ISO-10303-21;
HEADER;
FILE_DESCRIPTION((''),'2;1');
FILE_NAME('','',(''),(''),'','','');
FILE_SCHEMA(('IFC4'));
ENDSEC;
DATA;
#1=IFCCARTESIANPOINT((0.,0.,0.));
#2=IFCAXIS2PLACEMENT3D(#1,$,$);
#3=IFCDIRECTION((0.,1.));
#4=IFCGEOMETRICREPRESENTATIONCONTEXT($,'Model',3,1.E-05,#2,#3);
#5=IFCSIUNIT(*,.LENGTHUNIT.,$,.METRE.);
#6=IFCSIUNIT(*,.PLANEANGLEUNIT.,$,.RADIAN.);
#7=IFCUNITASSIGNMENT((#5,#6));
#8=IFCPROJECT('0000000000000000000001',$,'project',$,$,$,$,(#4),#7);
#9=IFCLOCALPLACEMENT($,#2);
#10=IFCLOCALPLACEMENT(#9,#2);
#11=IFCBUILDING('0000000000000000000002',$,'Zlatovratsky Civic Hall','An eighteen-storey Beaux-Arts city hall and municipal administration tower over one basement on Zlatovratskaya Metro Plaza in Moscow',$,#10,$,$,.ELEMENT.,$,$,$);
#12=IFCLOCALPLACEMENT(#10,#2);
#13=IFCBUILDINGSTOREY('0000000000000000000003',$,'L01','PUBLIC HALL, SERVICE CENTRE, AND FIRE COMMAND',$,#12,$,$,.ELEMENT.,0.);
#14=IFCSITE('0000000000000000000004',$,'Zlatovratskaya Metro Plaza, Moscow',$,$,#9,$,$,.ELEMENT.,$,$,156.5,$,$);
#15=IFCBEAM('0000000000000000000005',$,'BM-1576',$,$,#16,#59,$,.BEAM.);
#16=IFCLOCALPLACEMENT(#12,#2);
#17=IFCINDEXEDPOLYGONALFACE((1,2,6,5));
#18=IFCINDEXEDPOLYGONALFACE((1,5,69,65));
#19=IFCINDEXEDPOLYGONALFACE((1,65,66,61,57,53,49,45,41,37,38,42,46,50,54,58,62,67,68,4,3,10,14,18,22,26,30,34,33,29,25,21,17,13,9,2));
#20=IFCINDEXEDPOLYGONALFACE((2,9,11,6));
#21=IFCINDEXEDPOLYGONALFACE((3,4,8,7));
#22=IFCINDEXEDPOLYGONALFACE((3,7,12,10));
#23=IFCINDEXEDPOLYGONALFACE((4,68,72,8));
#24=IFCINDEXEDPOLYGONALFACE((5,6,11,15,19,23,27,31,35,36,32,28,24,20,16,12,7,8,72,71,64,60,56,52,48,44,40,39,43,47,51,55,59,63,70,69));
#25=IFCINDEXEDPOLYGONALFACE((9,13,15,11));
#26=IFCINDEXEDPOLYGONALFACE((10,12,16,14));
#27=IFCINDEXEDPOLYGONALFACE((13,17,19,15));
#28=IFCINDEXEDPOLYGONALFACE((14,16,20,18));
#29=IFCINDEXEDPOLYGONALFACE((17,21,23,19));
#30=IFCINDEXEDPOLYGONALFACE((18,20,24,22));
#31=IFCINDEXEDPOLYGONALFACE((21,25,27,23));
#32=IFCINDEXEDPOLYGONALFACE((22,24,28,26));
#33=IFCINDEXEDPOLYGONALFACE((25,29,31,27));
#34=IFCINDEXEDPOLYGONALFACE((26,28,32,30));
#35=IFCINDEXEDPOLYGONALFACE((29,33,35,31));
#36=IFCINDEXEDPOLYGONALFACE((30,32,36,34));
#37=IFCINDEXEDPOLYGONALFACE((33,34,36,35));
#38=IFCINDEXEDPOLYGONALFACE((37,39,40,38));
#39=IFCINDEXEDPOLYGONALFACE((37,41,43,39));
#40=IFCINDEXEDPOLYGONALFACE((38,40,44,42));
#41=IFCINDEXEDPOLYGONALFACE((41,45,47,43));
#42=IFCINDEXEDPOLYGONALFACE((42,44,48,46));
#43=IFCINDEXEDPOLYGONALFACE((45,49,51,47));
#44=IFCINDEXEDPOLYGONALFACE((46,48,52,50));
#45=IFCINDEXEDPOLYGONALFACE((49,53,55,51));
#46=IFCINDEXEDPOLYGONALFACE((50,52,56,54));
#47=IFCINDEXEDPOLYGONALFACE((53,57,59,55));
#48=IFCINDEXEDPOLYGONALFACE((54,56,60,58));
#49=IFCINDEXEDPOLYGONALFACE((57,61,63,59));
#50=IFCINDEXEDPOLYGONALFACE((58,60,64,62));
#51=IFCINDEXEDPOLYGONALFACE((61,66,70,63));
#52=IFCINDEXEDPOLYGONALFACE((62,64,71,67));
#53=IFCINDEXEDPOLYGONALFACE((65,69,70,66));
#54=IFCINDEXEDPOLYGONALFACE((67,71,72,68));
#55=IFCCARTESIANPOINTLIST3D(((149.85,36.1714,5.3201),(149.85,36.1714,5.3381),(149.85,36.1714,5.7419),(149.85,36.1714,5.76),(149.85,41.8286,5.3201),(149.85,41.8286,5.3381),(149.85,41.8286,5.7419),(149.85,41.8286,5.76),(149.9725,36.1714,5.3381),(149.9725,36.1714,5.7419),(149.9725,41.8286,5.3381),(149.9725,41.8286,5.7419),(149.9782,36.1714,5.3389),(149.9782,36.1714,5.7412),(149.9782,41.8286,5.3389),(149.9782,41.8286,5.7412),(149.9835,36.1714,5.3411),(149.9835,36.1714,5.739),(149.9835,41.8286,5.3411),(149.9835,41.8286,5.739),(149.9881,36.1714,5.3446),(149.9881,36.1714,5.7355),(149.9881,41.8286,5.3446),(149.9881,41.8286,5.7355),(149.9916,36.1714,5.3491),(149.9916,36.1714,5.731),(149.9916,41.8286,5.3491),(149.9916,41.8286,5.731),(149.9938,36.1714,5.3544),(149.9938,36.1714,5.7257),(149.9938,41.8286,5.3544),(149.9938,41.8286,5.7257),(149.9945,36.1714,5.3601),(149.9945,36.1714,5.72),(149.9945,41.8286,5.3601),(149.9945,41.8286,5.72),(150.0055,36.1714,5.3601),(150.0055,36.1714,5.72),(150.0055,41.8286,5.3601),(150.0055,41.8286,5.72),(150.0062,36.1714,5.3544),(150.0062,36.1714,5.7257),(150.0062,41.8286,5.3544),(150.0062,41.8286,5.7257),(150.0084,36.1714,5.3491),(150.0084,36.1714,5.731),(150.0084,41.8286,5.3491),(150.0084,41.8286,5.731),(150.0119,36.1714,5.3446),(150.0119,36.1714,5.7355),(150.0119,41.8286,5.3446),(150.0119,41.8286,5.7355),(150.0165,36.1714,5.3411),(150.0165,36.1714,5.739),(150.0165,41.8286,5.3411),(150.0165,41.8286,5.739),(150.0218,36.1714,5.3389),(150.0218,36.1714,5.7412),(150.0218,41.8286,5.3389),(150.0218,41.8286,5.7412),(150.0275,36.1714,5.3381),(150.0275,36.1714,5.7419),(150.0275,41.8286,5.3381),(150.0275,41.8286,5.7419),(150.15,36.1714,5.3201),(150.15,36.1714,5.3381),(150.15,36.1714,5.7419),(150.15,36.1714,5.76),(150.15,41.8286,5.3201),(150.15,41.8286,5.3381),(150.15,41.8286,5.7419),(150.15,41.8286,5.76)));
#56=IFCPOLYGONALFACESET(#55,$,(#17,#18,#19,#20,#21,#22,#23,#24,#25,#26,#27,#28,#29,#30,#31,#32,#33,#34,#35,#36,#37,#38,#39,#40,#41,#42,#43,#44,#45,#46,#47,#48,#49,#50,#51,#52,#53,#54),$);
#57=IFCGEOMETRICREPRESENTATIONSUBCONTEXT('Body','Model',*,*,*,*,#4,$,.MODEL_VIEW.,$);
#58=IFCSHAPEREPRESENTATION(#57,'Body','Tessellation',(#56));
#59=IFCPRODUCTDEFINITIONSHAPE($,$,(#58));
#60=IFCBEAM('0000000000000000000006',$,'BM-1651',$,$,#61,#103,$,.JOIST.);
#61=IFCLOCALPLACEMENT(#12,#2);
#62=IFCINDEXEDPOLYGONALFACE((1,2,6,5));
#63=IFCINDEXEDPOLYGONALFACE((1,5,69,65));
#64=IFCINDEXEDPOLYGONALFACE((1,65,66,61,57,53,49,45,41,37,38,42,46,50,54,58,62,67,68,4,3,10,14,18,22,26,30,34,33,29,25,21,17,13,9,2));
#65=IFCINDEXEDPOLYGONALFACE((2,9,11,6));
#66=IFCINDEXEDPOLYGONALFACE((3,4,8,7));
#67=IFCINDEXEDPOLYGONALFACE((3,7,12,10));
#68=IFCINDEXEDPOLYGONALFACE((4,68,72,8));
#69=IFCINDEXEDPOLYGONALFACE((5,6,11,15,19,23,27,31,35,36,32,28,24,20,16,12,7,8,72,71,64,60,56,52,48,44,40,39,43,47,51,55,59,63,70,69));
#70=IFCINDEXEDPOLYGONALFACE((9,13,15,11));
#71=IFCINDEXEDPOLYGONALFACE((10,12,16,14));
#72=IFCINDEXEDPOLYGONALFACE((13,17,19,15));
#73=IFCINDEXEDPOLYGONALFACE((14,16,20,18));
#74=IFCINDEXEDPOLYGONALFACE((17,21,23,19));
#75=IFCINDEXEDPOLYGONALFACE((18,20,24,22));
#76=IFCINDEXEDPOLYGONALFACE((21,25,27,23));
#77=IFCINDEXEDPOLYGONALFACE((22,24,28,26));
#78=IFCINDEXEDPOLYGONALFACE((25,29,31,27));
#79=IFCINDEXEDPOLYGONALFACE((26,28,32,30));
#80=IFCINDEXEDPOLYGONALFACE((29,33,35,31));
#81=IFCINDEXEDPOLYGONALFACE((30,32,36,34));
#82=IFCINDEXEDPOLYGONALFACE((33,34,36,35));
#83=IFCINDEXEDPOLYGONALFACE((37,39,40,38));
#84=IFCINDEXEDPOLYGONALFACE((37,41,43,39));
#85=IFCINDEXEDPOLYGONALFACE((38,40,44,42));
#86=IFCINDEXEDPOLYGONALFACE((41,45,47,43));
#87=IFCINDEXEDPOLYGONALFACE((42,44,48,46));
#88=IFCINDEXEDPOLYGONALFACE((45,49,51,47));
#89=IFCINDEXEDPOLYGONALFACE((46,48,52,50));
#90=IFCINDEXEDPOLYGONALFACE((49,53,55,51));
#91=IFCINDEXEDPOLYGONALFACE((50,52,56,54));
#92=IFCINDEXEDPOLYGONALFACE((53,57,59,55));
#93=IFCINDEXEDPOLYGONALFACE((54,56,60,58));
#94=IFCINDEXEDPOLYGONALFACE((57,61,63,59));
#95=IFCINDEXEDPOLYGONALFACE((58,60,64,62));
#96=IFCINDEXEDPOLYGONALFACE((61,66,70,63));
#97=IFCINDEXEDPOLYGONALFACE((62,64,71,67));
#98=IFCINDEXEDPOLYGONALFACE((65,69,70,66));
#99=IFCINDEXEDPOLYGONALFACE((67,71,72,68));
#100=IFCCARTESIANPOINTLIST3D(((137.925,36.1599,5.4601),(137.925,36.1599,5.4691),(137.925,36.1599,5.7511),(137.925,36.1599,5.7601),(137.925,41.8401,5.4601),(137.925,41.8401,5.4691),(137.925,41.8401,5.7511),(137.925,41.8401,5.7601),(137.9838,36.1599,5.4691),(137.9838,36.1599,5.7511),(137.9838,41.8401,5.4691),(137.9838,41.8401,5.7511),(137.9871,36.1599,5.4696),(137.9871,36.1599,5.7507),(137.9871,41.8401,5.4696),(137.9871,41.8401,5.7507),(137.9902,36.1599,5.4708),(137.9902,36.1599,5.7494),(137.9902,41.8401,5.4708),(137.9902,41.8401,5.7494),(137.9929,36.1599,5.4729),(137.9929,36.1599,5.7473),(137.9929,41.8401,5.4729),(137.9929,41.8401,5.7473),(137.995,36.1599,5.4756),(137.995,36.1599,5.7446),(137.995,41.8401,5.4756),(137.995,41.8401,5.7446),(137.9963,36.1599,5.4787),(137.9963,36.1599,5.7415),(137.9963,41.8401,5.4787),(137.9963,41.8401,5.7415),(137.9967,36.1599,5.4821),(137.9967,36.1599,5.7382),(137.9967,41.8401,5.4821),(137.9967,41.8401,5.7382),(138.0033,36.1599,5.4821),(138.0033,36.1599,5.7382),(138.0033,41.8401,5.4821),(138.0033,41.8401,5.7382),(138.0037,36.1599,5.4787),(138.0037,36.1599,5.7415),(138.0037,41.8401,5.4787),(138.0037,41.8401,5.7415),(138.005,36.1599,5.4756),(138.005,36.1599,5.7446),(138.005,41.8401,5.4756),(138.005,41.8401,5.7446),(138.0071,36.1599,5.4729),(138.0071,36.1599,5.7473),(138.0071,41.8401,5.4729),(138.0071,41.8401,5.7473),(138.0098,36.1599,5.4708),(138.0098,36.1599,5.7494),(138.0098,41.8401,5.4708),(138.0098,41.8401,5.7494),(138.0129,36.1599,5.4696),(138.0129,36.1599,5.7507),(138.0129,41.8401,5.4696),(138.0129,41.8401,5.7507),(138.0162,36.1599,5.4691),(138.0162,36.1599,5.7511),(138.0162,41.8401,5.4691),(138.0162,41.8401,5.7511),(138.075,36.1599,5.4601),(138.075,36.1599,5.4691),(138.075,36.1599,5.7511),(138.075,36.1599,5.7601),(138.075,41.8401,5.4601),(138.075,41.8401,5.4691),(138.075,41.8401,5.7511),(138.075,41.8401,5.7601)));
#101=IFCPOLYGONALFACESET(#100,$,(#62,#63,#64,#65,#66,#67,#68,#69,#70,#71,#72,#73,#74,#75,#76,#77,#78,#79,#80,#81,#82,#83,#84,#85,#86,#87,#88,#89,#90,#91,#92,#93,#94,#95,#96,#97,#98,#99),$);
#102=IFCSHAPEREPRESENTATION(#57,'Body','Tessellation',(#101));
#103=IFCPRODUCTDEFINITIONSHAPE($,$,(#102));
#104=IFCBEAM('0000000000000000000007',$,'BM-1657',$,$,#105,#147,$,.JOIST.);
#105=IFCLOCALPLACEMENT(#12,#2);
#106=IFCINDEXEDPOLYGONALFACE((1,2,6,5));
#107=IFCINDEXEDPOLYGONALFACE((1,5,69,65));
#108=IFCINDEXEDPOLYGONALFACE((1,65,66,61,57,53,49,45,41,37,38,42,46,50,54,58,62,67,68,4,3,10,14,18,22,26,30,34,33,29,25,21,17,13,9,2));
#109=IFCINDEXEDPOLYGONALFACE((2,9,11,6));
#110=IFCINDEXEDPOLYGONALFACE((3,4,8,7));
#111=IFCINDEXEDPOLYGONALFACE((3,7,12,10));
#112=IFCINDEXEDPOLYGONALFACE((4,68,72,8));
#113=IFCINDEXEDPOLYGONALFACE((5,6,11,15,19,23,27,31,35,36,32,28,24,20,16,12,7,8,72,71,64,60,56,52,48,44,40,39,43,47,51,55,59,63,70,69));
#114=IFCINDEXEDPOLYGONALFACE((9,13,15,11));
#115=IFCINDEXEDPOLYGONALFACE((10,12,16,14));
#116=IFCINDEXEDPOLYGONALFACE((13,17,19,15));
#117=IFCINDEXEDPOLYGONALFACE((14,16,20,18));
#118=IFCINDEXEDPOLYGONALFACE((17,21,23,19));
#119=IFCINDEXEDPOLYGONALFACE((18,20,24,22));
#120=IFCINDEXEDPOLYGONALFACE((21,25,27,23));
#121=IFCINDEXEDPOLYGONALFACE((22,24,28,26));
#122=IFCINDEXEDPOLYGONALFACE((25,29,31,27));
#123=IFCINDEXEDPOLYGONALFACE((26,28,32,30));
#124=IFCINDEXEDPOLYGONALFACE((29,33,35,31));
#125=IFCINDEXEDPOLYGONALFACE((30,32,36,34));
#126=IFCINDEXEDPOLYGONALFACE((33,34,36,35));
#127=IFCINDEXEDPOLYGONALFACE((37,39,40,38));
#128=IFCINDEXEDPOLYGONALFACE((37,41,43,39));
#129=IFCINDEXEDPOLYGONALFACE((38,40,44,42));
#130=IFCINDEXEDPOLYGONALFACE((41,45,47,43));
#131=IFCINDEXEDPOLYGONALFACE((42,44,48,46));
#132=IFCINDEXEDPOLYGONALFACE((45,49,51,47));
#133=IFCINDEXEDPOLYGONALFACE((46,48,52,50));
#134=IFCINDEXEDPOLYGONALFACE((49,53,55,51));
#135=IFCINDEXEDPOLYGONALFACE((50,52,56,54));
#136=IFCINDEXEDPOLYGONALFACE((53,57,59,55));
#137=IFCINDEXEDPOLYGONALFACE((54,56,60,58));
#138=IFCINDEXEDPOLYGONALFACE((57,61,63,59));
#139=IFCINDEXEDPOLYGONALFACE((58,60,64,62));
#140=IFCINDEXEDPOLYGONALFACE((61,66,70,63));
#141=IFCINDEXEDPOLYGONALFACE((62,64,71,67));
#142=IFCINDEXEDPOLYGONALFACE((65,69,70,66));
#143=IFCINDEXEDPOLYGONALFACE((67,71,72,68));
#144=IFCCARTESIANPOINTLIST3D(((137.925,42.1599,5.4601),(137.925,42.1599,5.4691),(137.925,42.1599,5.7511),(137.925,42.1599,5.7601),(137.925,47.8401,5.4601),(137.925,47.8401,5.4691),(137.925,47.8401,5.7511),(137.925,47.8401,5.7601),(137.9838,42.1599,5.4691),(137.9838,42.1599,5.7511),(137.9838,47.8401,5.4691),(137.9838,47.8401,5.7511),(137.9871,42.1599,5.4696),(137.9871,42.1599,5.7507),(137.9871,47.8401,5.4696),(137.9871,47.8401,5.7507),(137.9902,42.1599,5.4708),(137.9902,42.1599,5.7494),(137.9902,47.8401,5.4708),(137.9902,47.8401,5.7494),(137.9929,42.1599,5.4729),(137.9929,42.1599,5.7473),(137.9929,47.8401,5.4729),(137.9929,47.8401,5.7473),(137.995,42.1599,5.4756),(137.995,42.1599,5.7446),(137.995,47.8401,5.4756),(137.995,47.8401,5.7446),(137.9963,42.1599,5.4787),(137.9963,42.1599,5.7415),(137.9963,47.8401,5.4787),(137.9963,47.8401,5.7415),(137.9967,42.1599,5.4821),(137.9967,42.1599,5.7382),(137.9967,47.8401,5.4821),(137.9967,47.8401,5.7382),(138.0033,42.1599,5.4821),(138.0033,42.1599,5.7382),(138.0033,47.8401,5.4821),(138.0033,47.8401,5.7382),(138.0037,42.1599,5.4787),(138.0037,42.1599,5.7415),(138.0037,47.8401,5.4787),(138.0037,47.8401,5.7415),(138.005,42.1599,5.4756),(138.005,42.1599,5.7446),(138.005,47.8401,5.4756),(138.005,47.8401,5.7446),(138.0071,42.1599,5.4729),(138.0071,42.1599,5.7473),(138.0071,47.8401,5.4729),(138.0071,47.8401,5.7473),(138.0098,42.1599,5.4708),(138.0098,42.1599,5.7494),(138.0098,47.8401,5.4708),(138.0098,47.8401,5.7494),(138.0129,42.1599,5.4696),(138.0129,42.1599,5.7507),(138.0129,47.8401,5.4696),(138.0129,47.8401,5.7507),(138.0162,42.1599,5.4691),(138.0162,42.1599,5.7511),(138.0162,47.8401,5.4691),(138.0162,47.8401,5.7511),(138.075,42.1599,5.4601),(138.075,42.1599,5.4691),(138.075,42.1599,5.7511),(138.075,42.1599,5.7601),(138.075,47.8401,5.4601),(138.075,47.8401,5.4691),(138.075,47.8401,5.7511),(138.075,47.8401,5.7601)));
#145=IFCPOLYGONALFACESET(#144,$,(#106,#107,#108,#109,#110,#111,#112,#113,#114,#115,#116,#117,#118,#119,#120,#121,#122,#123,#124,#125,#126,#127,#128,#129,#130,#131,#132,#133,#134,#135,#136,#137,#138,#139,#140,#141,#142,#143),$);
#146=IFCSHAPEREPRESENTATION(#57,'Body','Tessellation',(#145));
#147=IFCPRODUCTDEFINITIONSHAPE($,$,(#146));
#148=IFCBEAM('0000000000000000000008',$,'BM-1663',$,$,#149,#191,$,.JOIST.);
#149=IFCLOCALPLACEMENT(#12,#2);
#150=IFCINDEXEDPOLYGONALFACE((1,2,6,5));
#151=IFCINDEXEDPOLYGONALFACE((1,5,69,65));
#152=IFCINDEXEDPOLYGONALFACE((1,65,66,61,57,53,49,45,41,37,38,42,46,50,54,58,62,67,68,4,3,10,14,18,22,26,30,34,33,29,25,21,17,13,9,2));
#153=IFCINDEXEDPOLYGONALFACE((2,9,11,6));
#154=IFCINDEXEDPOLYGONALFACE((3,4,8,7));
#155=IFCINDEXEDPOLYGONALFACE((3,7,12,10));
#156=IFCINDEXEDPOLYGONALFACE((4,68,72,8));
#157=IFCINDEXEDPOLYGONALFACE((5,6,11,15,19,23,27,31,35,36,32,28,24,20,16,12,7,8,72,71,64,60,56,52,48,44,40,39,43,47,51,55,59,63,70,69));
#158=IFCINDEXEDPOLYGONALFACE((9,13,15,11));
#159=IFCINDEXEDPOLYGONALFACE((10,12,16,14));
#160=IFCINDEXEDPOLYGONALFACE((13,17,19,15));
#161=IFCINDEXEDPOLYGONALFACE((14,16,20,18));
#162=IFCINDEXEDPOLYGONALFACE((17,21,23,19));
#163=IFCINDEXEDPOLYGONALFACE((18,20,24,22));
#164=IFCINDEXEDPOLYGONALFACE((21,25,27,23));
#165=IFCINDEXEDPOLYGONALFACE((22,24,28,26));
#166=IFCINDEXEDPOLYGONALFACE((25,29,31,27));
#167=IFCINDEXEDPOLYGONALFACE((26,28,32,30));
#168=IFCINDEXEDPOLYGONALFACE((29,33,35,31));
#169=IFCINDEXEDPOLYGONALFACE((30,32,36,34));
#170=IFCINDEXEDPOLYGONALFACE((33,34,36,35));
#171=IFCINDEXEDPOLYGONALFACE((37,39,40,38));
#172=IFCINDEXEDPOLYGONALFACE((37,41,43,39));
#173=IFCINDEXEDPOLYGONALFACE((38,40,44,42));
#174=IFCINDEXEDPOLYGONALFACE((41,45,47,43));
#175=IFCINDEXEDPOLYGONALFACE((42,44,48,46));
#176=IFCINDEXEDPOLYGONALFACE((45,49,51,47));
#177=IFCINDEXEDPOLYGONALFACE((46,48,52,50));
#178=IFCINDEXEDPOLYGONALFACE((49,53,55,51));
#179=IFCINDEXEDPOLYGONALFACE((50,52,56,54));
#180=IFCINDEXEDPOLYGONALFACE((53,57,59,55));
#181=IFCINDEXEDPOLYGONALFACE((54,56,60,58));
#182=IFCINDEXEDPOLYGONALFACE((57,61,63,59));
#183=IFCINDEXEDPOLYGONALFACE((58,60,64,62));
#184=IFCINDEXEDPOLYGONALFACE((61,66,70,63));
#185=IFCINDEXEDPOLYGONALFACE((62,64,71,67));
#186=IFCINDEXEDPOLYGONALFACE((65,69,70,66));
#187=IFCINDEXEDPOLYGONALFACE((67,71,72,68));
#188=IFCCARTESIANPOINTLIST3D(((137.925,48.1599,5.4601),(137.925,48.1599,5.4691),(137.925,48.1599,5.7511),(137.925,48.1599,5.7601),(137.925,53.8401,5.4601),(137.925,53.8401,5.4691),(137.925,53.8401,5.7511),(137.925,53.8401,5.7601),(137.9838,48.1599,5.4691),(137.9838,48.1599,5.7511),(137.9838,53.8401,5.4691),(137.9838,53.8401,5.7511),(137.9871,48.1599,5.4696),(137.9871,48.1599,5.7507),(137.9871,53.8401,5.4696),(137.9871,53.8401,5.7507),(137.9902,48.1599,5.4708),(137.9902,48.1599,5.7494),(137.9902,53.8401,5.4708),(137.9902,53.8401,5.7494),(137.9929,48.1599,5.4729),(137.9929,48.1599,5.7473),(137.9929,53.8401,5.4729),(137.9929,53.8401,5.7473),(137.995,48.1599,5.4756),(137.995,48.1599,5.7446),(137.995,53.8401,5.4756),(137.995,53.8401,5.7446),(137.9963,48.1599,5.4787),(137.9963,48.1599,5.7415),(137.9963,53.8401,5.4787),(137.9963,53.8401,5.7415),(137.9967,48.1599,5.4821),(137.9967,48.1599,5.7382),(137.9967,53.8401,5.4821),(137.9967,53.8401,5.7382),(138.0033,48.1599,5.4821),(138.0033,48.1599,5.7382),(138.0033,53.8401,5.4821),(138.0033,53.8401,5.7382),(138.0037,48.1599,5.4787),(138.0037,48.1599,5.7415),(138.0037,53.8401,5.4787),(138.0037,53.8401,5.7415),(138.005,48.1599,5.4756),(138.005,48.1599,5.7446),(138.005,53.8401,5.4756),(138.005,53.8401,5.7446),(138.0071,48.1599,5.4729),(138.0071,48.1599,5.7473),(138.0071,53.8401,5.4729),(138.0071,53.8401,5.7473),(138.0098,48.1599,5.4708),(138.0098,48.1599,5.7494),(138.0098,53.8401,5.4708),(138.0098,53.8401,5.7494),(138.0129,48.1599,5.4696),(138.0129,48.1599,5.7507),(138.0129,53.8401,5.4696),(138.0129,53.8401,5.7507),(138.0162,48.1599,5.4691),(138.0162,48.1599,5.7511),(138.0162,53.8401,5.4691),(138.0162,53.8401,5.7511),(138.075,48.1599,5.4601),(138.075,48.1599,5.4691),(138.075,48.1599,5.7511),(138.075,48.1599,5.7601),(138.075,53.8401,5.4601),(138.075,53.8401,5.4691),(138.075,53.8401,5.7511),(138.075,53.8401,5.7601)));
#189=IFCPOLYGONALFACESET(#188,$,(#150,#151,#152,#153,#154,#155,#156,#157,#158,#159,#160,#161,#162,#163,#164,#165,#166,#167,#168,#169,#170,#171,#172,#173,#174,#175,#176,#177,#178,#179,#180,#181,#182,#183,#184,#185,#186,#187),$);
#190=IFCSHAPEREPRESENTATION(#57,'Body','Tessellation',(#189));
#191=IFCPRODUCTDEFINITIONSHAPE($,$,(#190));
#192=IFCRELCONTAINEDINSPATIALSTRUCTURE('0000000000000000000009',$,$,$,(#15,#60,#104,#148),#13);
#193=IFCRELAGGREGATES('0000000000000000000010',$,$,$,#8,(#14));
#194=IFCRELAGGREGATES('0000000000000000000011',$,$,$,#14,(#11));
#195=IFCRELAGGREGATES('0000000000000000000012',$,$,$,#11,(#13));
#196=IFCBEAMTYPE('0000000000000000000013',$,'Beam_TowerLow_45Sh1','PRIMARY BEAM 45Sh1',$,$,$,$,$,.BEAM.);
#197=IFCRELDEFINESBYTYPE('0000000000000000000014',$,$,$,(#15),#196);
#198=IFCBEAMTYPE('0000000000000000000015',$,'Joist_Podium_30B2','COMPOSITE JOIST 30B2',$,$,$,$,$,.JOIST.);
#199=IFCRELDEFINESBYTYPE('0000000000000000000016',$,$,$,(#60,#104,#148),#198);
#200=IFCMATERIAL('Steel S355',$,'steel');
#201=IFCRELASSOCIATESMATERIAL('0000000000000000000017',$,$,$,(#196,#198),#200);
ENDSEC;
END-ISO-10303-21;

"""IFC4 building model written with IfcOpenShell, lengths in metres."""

from ifc_helpers import new_model, si_unit, direction, frame, origin, origin_2d, place, context, subcontext, project, spatial, i_section, extrude, material, material_profile, profile_set, type_object, element, save


model = new_model("IFC4")

# Units and contexts
model_context = context("Model", 3, precision=1e-05, world=origin(), true_north=direction((0.0, 1.0)))
body_context = subcontext(model_context, "Body", "Model", "MODEL_VIEW")
ifc_project = project(units=[si_unit("LENGTHUNIT", "METRE"), si_unit("PLANEANGLEUNIT", "RADIAN")], contexts=[model_context])

# Site, building, storey
site_placement = place(None, origin())
site = spatial("IfcSite", under=ifc_project, at=site_placement, Name="Zlatovratskaya Metro Plaza, Moscow", CompositionType="ELEMENT", RefElevation=156.5)
building_placement = place(site_placement, origin())
building = spatial("IfcBuilding", under=site, at=building_placement, Name="Zlatovratsky Civic Hall", Description="An eighteen-storey Beaux-Arts city hall and municipal administration tower over one basement on Zlatovratskaya Metro Plaza in Moscow", CompositionType="ELEMENT")
storey_placement = place(building_placement, origin())
storey = spatial("IfcBuildingStorey", under=building, at=storey_placement, Name="L01", Description="PUBLIC HALL, SERVICE CENTRE, AND FIRE COMMAND", CompositionType="ELEMENT", Elevation=0.0)

# Shared definitions
ifc_material = material(Name="Steel S355", Category="steel")

# Beams
ifc_material_profile_1 = material_profile(ifc_material, i_section(OverallWidth=0.3, OverallDepth=0.4399, WebThickness=0.011, FlangeThickness=0.0181, FilletRadius=0.022, at=origin_2d()), Name="45Sh1")
ifc_profile_set_1 = profile_set([ifc_material_profile_1], Name="Steel S355")
beam_type_1 = type_object("IfcBeamType", Name="Beam_TowerLow_45Sh1", Description="PRIMARY BEAM 45Sh1", PredefinedType="BEAM", material=ifc_profile_set_1)
beam_1_placement = place(storey_placement, frame((150.0, 36.1714, 5.54), z_axis=(0.0, 1.0, 0.0), x_axis=(-1.0, 0.0, 0.0)))
element("IfcBeam", 1, at=beam_1_placement, inside=storey, type_object=beam_type_1, Name="BM-1576", PredefinedType="BEAM", context=body_context, shape_type="SweptSolid", body=[
    extrude(i_section(OverallWidth=0.3, OverallDepth=0.4399, WebThickness=0.011, FlangeThickness=0.0181, FilletRadius=0.022, at=origin_2d()), origin(), (0.0, 0.0, 1.0), 5.6572),
])
ifc_material_profile_2 = material_profile(ifc_material, i_section(OverallWidth=0.1499, OverallDepth=0.3, WebThickness=0.0066, FlangeThickness=0.009, FilletRadius=0.0129, at=origin_2d()), Name="30B2")
ifc_profile_set_2 = profile_set([ifc_material_profile_2], Name="Steel S355")
beam_type_2 = type_object("IfcBeamType", Name="Joist_Podium_30B2", Description="COMPOSITE JOIST 30B2", PredefinedType="JOIST", material=ifc_profile_set_2)
for number, where, z_axis, x_axis, name in (
    (2, (138.0, 36.1599, 5.6101), (0.0, 1.0, 0.0), (-1.0, 0.0, 0.0), "BM-1651"),
    (3, (138.0, 42.1599, 5.6101), (0.0, 1.0, 0.0), (-1.0, 0.0, 0.0), "BM-1657"),
    (4, (138.0, 48.1599, 5.6101), (0.0, 1.0, 0.0), (-1.0, 0.0, 0.0), "BM-1663"),
):
    element("IfcBeam", number, at=place(storey_placement, frame(where, z_axis=z_axis, x_axis=x_axis)), inside=storey, type_object=beam_type_2, Name=name, PredefinedType="JOIST", context=body_context, shape_type="SweptSolid", body=[
        extrude(i_section(OverallWidth=0.1499, OverallDepth=0.3, WebThickness=0.0066, FlangeThickness=0.009, FilletRadius=0.0129, at=origin_2d()), origin(), (0.0, 0.0, 1.0), 5.6802),
    ])

save(model, "model.ifc")
